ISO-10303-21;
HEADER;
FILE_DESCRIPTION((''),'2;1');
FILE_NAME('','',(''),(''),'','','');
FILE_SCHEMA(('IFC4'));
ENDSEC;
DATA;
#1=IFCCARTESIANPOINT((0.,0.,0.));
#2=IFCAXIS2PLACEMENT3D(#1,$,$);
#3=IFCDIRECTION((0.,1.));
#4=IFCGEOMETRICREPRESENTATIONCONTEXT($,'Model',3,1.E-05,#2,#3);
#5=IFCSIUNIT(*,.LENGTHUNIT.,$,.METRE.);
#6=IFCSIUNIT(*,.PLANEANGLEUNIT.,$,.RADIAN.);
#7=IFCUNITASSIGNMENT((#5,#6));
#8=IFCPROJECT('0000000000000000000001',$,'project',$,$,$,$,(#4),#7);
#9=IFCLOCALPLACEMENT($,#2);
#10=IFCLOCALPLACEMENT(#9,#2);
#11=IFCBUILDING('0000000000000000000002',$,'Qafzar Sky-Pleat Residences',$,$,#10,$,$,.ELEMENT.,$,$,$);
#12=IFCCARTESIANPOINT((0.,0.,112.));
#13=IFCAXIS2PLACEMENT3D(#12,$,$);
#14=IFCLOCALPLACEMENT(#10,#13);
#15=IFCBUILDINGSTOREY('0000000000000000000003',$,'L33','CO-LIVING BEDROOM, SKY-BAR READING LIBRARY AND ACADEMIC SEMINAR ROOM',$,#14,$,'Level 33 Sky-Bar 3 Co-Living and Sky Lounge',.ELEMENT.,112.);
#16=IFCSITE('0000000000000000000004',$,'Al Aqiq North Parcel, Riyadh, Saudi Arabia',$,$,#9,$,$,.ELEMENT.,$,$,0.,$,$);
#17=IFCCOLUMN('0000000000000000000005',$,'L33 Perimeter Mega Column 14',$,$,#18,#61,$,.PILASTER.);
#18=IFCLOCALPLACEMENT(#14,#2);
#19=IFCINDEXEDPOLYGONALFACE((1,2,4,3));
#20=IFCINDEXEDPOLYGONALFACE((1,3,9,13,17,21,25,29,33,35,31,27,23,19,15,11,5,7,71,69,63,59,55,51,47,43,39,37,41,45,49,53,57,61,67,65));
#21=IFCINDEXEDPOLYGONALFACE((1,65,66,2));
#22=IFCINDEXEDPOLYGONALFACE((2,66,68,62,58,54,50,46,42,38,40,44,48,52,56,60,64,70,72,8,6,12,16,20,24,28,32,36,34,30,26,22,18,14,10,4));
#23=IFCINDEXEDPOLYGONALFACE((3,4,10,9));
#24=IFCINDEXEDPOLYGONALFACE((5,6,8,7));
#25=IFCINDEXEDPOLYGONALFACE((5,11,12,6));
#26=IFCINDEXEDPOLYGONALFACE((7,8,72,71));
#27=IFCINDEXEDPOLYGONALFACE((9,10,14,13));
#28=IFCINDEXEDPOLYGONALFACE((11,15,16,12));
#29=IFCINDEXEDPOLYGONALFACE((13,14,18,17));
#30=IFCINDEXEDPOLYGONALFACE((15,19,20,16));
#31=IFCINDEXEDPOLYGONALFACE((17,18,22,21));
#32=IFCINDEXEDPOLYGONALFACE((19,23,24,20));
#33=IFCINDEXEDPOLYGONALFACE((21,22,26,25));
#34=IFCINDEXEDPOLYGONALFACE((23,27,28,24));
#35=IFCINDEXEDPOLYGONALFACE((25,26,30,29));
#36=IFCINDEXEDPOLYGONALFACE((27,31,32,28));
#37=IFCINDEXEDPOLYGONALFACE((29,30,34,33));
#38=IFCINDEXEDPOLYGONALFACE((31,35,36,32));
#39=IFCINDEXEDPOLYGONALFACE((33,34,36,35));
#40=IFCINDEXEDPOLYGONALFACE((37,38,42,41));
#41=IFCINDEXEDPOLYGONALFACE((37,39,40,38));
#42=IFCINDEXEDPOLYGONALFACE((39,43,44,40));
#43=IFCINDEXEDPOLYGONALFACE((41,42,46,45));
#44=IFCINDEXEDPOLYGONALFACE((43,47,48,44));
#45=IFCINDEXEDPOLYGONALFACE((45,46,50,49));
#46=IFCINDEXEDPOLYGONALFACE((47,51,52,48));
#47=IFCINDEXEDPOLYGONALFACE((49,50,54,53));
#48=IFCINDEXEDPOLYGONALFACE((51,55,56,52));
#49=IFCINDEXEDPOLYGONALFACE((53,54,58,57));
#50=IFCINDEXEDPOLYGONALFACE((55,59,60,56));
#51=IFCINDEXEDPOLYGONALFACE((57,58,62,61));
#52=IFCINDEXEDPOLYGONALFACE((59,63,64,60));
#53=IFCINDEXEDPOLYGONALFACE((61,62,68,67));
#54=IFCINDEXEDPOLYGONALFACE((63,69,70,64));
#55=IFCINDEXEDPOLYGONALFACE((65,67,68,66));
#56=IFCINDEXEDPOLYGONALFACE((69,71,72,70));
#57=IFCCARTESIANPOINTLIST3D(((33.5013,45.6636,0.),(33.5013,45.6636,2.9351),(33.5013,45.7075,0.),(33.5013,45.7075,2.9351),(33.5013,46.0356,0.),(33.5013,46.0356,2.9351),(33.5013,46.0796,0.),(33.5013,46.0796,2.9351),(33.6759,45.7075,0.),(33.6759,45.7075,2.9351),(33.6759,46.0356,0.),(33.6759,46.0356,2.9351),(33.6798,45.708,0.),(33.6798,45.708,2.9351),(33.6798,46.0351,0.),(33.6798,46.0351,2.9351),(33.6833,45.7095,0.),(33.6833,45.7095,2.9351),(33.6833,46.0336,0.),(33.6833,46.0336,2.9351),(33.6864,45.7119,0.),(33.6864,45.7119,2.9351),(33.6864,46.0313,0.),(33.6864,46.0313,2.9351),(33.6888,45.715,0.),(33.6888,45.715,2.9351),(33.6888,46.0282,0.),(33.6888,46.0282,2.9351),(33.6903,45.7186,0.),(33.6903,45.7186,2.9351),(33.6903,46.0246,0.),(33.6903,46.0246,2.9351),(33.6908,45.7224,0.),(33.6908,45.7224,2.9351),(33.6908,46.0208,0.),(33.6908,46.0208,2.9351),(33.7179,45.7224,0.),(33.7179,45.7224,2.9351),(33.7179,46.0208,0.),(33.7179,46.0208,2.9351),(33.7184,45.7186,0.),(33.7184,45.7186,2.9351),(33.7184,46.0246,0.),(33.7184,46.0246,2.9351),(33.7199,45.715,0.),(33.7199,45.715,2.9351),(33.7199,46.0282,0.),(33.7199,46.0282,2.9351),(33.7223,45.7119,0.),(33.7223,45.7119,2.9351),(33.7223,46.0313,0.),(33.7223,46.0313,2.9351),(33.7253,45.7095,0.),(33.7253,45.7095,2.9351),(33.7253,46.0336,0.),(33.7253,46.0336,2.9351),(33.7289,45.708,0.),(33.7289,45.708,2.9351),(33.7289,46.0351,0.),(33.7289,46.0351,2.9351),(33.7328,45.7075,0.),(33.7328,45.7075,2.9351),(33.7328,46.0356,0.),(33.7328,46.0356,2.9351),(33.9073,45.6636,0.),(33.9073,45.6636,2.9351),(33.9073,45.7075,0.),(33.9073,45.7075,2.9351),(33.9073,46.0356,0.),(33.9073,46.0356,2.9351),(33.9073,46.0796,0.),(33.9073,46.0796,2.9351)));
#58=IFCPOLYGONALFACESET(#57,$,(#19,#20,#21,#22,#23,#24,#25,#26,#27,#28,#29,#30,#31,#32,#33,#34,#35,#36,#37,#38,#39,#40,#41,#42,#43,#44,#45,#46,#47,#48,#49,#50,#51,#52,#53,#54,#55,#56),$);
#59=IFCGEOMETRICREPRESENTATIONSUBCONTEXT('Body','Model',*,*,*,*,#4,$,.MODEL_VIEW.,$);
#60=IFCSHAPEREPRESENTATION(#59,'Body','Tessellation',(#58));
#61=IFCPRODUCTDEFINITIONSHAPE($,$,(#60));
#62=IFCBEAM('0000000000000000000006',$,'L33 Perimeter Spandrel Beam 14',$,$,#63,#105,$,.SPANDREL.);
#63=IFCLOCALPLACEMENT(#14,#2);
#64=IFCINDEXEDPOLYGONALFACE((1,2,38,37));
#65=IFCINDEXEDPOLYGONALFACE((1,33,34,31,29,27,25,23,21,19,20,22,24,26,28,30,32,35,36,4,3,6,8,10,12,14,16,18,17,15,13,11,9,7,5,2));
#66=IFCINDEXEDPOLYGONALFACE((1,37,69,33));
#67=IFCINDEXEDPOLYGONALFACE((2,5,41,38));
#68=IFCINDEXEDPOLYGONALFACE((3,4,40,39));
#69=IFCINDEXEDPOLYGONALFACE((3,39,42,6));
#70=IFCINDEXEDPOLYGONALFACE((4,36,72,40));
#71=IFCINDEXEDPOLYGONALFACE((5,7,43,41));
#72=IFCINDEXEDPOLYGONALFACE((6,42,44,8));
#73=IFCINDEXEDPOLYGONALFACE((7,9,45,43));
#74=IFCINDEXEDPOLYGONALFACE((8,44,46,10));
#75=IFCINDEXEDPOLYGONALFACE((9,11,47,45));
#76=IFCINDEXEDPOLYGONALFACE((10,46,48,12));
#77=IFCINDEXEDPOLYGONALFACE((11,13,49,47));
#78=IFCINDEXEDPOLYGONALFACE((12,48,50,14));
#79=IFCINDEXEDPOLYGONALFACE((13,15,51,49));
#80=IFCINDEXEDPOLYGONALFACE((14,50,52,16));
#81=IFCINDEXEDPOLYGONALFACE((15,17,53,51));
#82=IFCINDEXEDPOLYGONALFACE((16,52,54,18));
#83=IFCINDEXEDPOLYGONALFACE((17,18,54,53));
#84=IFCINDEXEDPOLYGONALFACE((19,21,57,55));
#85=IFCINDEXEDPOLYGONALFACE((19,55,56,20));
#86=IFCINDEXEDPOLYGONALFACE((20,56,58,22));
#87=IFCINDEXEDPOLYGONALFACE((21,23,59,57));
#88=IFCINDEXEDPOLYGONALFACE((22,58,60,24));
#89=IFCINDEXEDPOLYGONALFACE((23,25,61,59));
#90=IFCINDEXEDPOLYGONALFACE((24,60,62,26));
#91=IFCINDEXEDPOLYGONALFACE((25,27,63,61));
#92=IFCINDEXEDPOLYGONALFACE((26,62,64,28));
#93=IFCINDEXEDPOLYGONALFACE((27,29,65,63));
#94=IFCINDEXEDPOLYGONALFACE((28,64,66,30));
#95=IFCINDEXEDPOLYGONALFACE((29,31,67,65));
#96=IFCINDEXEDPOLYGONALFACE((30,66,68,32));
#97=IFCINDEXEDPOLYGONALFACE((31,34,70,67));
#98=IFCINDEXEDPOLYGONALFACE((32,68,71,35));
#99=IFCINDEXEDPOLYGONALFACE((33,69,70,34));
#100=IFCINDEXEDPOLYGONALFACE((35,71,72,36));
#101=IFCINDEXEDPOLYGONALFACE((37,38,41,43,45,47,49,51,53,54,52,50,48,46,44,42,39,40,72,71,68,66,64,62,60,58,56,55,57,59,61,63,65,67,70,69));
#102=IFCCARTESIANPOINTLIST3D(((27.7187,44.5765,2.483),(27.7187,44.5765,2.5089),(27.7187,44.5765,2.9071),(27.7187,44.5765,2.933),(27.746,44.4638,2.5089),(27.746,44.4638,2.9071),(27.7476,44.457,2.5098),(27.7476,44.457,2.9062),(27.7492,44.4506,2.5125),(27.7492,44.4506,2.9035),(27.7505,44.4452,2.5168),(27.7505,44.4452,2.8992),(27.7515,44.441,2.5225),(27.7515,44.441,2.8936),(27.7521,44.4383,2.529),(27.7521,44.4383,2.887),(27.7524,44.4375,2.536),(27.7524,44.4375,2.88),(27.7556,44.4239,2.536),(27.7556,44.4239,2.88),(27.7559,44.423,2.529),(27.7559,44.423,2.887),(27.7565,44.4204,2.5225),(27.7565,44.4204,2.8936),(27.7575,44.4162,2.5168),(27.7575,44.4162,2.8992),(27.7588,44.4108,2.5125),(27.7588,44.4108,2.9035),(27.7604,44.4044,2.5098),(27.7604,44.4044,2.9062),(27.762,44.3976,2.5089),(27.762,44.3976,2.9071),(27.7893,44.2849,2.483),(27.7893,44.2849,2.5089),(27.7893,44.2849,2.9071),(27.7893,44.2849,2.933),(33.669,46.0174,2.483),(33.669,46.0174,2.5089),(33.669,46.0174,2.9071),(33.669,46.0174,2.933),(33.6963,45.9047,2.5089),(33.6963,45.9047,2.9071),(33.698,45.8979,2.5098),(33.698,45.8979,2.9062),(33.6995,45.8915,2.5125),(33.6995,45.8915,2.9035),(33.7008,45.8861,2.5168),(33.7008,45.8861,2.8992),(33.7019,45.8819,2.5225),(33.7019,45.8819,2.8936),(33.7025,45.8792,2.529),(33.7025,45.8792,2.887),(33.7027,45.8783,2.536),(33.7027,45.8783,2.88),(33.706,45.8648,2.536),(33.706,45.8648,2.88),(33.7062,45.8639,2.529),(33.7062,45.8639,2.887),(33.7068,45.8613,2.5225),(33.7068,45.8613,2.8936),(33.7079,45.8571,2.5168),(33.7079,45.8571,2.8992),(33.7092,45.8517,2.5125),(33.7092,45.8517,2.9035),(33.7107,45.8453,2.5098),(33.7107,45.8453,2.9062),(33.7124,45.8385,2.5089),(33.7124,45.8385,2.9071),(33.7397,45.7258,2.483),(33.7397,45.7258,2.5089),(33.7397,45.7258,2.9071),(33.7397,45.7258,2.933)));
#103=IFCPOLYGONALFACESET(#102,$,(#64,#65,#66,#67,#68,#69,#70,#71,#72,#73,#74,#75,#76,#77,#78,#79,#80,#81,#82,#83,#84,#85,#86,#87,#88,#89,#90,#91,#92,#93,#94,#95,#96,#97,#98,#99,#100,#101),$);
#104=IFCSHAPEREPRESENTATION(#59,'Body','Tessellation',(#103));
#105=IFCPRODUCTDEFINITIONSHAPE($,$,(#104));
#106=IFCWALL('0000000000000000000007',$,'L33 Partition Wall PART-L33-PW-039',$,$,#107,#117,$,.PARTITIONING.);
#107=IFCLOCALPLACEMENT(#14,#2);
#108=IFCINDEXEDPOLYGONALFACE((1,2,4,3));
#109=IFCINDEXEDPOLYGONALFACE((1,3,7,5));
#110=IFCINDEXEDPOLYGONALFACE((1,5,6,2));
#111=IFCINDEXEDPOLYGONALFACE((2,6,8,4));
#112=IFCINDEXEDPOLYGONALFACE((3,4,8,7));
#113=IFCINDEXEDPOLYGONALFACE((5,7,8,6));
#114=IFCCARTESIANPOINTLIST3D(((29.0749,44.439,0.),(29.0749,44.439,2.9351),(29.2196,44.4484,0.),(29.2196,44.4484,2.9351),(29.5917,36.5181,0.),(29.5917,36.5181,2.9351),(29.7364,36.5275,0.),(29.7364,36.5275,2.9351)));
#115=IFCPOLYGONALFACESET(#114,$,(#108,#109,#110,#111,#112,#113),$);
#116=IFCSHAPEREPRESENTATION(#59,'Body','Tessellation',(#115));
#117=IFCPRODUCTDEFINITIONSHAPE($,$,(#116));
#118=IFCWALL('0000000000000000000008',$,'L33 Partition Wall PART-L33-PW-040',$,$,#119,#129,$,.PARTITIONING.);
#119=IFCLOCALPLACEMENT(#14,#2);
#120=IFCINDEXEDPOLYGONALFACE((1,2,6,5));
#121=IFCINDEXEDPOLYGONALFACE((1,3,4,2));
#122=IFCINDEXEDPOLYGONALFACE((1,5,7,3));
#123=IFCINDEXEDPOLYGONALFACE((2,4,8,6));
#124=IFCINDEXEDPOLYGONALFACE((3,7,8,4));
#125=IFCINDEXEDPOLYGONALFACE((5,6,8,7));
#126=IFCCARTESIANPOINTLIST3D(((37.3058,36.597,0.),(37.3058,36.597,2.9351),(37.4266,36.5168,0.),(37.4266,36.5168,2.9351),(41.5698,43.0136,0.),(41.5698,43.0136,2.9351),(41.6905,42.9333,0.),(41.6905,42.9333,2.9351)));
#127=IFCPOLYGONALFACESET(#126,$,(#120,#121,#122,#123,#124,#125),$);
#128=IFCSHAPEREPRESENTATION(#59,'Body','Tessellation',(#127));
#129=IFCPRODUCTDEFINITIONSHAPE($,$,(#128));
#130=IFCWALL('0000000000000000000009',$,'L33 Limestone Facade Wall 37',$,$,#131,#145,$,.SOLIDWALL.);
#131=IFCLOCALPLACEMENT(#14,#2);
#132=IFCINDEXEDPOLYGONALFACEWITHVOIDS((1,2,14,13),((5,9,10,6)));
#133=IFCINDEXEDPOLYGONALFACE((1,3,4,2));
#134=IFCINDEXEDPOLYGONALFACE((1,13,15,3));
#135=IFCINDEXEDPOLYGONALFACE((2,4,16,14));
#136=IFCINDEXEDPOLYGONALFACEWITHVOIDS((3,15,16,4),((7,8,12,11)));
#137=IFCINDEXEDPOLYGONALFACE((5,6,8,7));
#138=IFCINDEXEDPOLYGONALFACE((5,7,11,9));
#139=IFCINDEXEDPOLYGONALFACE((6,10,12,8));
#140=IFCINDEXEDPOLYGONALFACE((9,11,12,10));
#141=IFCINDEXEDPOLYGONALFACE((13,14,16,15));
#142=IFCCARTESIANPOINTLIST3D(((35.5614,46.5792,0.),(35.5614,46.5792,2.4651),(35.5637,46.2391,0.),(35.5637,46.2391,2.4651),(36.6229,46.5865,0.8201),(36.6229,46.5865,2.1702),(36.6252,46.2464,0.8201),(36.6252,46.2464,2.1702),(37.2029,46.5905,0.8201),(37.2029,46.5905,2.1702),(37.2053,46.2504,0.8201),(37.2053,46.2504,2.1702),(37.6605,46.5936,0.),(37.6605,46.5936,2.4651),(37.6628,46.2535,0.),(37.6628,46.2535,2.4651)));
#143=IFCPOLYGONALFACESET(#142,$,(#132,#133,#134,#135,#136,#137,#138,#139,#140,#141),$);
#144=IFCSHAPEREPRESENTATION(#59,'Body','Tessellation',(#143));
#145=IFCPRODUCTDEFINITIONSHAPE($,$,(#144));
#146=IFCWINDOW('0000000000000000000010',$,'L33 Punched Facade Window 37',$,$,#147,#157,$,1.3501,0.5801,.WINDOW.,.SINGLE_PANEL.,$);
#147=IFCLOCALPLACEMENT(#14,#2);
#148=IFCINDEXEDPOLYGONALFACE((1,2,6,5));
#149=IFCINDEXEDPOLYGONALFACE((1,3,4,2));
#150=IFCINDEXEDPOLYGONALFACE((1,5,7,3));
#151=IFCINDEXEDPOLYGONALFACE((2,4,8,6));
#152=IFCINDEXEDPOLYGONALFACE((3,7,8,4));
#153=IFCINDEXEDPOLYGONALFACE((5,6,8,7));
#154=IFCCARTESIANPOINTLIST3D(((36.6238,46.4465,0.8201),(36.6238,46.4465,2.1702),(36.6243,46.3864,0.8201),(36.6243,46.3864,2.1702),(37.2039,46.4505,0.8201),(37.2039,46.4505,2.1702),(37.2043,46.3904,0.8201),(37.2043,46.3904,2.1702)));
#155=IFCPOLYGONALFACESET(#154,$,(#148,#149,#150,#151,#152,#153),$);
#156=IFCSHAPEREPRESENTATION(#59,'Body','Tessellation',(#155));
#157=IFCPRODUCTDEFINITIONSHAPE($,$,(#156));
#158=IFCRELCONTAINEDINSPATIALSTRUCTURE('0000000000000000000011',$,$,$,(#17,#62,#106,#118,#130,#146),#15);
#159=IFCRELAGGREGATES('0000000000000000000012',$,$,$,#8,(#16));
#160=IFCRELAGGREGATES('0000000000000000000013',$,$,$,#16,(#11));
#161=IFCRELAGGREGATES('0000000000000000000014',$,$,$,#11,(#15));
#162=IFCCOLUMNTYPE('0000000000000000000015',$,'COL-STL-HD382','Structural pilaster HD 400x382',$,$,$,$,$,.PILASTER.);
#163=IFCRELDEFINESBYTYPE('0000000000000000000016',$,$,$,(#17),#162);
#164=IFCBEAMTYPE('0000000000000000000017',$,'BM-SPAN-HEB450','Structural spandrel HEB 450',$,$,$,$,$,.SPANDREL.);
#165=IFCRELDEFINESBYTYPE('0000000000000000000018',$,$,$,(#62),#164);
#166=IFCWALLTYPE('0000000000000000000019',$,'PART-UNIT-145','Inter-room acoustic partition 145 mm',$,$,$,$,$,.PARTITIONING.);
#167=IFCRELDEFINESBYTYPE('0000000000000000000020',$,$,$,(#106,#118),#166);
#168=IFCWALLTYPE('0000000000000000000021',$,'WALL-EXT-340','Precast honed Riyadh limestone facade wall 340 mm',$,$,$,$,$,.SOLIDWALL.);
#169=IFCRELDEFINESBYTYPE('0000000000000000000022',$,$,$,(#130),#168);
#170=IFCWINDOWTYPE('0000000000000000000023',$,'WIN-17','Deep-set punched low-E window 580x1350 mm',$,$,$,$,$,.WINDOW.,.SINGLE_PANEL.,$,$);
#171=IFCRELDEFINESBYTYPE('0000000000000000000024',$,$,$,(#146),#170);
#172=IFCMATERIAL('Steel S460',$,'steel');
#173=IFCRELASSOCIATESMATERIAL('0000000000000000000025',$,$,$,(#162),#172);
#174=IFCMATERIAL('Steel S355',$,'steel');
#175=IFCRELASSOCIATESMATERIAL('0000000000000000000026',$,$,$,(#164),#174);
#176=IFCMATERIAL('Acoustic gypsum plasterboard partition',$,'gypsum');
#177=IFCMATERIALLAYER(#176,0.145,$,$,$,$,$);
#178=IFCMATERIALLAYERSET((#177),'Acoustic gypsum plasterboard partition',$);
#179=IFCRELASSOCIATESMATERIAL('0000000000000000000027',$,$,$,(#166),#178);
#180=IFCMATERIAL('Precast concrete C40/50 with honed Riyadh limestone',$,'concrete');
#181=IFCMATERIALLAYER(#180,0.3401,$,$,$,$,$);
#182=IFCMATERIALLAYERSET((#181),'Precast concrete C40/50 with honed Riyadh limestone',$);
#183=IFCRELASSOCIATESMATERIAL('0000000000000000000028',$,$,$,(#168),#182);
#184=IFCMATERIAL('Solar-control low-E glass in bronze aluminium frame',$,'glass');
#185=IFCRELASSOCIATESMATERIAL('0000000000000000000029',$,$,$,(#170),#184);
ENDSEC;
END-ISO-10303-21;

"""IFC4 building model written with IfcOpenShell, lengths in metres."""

from ifc_helpers import new_model, si_unit, direction, frame, frame_2d, origin, origin_2d, place, context, subcontext, project, spatial, rectangle, i_section, extrude, source, transform, mapped, material, layer, layer_set, material_profile, profile_set, type_object, element, fill, save


model = new_model("IFC4")

# Units and contexts
model_context = context("Model", 3, precision=1e-05, world=origin(), true_north=direction((0.0, 1.0)))
body_context = subcontext(model_context, "Body", "Model", "MODEL_VIEW")
ifc_project = project(units=[si_unit("LENGTHUNIT", "METRE"), si_unit("PLANEANGLEUNIT", "RADIAN")], contexts=[model_context])

# Site, building, storey
site_placement = place(None, origin())
site = spatial("IfcSite", under=ifc_project, at=site_placement, Name="Al Aqiq North Parcel, Riyadh, Saudi Arabia", CompositionType="ELEMENT", RefElevation=0.0)
building_placement = place(site_placement, origin())
building = spatial("IfcBuilding", under=site, at=building_placement, Name="Qafzar Sky-Pleat Residences", CompositionType="ELEMENT")
storey_placement = place(building_placement, frame((0.0, 0.0, 112.0)))
storey = spatial("IfcBuildingStorey", under=building, at=storey_placement, Name="L33", Description="CO-LIVING BEDROOM, SKY-BAR READING LIBRARY AND ACADEMIC SEMINAR ROOM", LongName="Level 33 Sky-Bar 3 Co-Living and Sky Lounge", CompositionType="ELEMENT", Elevation=112.0)

# Column
ifc_material_1 = material(Name="Steel S460", Category="steel")
ifc_material_profile_1 = material_profile(ifc_material_1, i_section(OverallWidth=0.406, OverallDepth=0.416, WebThickness=0.0271, FlangeThickness=0.0439, FilletRadius=0.0149, at=origin_2d()), Name="HD 400x382")
ifc_profile_set_1 = profile_set([ifc_material_profile_1], Name="Steel S460")
column_type = type_object("IfcColumnType", Name="COL-STL-HD382", Description="Structural pilaster HD 400x382", PredefinedType="PILASTER", material=ifc_profile_set_1)
shared_shape_1 = source(origin(), body_context, "Body", "SweptSolid", [
    extrude(i_section(OverallWidth=0.406, OverallDepth=0.416, WebThickness=0.0271, FlangeThickness=0.0439, FilletRadius=0.0149, at=origin_2d()), origin(), (0.0, 0.0, 1.0), 2.9351),
])
column_placement = place(storey_placement, frame((33.7043, 45.8716, 0.0), z_axis=(0.0, 0.0, 1.0), x_axis=(1.0, 0.0, 0.0)))
element("IfcColumn", 1, at=column_placement, inside=storey, type_object=column_type, Name="L33 Perimeter Mega Column 14", PredefinedType="PILASTER", context=body_context, shape_type="MappedRepresentation", body=[
    mapped(shared_shape_1, transform((0.0, 0.0, 0.0), x_axis=(1.0, 0.0, 0.0), y_axis=(0.0, 1.0, 0.0), z_axis=(0.0, 0.0, 1.0), scale=1.0)),
])

# Beam
ifc_material_2 = material(Name="Steel S355", Category="steel")
ifc_material_profile_2 = material_profile(ifc_material_2, i_section(OverallWidth=0.3, OverallDepth=0.45, WebThickness=0.0139, FlangeThickness=0.0259, FilletRadius=0.0271, at=origin_2d()), Name="HEB 450")
ifc_profile_set_2 = profile_set([ifc_material_profile_2], Name="Steel S355")
beam_type = type_object("IfcBeamType", Name="BM-SPAN-HEB450", Description="Structural spandrel HEB 450", PredefinedType="SPANDREL", material=ifc_profile_set_2)
shared_shape_2 = source(origin(), body_context, "Body", "SweptSolid", [
    extrude(i_section(OverallWidth=0.3, OverallDepth=0.45, WebThickness=0.0139, FlangeThickness=0.0259, FilletRadius=0.0271, at=origin_2d()), origin(), (0.0, 0.0, 1.0), 6.1223),
])
beam_placement = place(storey_placement, frame((33.7043, 45.8716, 2.708), z_axis=(-0.97191, -0.235351, 0.0), x_axis=(0.235351, -0.97191, 0.0)))
element("IfcBeam", 2, at=beam_placement, inside=storey, type_object=beam_type, Name="L33 Perimeter Spandrel Beam 14", PredefinedType="SPANDREL", context=body_context, shape_type="MappedRepresentation", body=[
    mapped(shared_shape_2, transform((0.0, 0.0, 0.0), x_axis=(1.0, 0.0, 0.0), y_axis=(0.0, 1.0, 0.0), z_axis=(0.0, 0.0, 1.0), scale=1.0)),
])

# Walls
ifc_material_3 = material(Name="Acoustic gypsum plasterboard partition", Category="gypsum")
ifc_layer_1 = layer(ifc_material_3, 0.145)
ifc_layer_set_1 = layer_set([ifc_layer_1], Name="Acoustic gypsum plasterboard partition")
wall_type_1 = type_object("IfcWallType", Name="PART-UNIT-145", Description="Inter-room acoustic partition 145 mm", PredefinedType="PARTITIONING", material=ifc_layer_set_1)
wall_1_placement = place(storey_placement, frame((29.1472, 44.4436, 0.0), z_axis=(0.0, 0.0, 1.0), x_axis=(0.065112, -0.997878, 0.0)))
element("IfcWall", 3, at=wall_1_placement, inside=storey, type_object=wall_type_1, Name="L33 Partition Wall PART-L33-PW-039", PredefinedType="PARTITIONING", context=body_context, shape_type="SweptSolid", body=[
    extrude(rectangle(XDim=7.9377, YDim=0.145, at=frame_2d((3.9688, 0.0))), origin(), (0.0, 0.0, 1.0), 2.9351),
])
wall_2_placement = place(storey_placement, frame((37.3662, 36.5569, 0.0), z_axis=(0.0, 0.0, 1.0), x_axis=(0.553464, 0.832873, 0.0)))
element("IfcWall", 4, at=wall_2_placement, inside=storey, type_object=wall_type_1, Name="L33 Partition Wall PART-L33-PW-040", PredefinedType="PARTITIONING", context=body_context, shape_type="SweptSolid", body=[
    extrude(rectangle(XDim=7.7041, YDim=0.145, at=frame_2d((3.8521, 0.0))), origin(), (0.0, 0.0, 1.0), 2.9351),
])

# Wall, opening, window
ifc_material_4 = material(Name="Precast concrete C40/50 with honed Riyadh limestone", Category="concrete")
ifc_layer_2 = layer(ifc_material_4, 0.3401)
ifc_layer_set_2 = layer_set([ifc_layer_2], Name="Precast concrete C40/50 with honed Riyadh limestone")
wall_type_2 = type_object("IfcWallType", Name="WALL-EXT-340", Description="Precast honed Riyadh limestone facade wall 340 mm", PredefinedType="SOLIDWALL", material=ifc_layer_set_2)
wall_3_placement = place(storey_placement, frame((37.6616, 46.4236, 0.0), z_axis=(0.0, 0.0, 1.0), x_axis=(-0.999976, -0.006862, 0.0)))
wall_3 = element("IfcWall", 5, at=wall_3_placement, inside=storey, type_object=wall_type_2, Name="L33 Limestone Facade Wall 37", PredefinedType="SOLIDWALL", context=body_context, shape_type="SweptSolid", body=[
    extrude(rectangle(XDim=2.0991, YDim=0.3401, at=frame_2d((1.0496, 0.0))), origin(), (0.0, 0.0, 1.0), 2.4651),
])
opening_1_placement = place(wall_3_placement, frame((0.4575, 0.0, 0.8201)))
opening_1 = element("IfcOpeningElement", 6, at=opening_1_placement, cuts=wall_3, PredefinedType="OPENING", context=body_context, shape_type="SweptSolid", body=[
    extrude(rectangle(XDim=0.5801, YDim=1.3501, at=frame_2d((0.29, 0.675))), frame((0.0, 0.1802, 0.0), z_axis=(0.0, -1.0, 0.0), x_axis=(1.0, 0.0, 0.0)), (0.0, 0.0, 1.0), 0.3601),
])
ifc_material_5 = material(Name="Solar-control low-E glass in bronze aluminium frame", Category="glass")
window_type_1 = type_object("IfcWindowType", Name="WIN-17", Description="Deep-set punched low-E window 580x1350 mm", PartitioningType="SINGLE_PANEL", PredefinedType="WINDOW", material=ifc_material_5)
shared_shape_3 = source(origin(), body_context, "Body", "SweptSolid", [
    extrude(rectangle(XDim=0.5801, YDim=1.3501, at=frame_2d((0.29, 0.675))), frame((0.0, 0.03, 0.0), z_axis=(0.0, -1.0, 0.0), x_axis=(1.0, 0.0, 0.0)), (0.0, 0.0, 1.0), 0.0601),
])
window_1_placement = place(opening_1_placement, origin())
window_1 = element("IfcWindow", 7, at=window_1_placement, inside=storey, type_object=window_type_1, Name="L33 Punched Facade Window 37", OverallHeight=1.3501, OverallWidth=0.5801, PartitioningType="SINGLE_PANEL", PredefinedType="WINDOW", context=body_context, shape_type="MappedRepresentation", body=[
    mapped(shared_shape_3, transform((0.0, 0.0, 0.0), x_axis=(1.0, 0.0, 0.0), y_axis=(0.0, 1.0, 0.0), z_axis=(0.0, 0.0, 1.0), scale=1.0)),
])
fill(opening_1, window_1)

save(model, "model.ifc")
